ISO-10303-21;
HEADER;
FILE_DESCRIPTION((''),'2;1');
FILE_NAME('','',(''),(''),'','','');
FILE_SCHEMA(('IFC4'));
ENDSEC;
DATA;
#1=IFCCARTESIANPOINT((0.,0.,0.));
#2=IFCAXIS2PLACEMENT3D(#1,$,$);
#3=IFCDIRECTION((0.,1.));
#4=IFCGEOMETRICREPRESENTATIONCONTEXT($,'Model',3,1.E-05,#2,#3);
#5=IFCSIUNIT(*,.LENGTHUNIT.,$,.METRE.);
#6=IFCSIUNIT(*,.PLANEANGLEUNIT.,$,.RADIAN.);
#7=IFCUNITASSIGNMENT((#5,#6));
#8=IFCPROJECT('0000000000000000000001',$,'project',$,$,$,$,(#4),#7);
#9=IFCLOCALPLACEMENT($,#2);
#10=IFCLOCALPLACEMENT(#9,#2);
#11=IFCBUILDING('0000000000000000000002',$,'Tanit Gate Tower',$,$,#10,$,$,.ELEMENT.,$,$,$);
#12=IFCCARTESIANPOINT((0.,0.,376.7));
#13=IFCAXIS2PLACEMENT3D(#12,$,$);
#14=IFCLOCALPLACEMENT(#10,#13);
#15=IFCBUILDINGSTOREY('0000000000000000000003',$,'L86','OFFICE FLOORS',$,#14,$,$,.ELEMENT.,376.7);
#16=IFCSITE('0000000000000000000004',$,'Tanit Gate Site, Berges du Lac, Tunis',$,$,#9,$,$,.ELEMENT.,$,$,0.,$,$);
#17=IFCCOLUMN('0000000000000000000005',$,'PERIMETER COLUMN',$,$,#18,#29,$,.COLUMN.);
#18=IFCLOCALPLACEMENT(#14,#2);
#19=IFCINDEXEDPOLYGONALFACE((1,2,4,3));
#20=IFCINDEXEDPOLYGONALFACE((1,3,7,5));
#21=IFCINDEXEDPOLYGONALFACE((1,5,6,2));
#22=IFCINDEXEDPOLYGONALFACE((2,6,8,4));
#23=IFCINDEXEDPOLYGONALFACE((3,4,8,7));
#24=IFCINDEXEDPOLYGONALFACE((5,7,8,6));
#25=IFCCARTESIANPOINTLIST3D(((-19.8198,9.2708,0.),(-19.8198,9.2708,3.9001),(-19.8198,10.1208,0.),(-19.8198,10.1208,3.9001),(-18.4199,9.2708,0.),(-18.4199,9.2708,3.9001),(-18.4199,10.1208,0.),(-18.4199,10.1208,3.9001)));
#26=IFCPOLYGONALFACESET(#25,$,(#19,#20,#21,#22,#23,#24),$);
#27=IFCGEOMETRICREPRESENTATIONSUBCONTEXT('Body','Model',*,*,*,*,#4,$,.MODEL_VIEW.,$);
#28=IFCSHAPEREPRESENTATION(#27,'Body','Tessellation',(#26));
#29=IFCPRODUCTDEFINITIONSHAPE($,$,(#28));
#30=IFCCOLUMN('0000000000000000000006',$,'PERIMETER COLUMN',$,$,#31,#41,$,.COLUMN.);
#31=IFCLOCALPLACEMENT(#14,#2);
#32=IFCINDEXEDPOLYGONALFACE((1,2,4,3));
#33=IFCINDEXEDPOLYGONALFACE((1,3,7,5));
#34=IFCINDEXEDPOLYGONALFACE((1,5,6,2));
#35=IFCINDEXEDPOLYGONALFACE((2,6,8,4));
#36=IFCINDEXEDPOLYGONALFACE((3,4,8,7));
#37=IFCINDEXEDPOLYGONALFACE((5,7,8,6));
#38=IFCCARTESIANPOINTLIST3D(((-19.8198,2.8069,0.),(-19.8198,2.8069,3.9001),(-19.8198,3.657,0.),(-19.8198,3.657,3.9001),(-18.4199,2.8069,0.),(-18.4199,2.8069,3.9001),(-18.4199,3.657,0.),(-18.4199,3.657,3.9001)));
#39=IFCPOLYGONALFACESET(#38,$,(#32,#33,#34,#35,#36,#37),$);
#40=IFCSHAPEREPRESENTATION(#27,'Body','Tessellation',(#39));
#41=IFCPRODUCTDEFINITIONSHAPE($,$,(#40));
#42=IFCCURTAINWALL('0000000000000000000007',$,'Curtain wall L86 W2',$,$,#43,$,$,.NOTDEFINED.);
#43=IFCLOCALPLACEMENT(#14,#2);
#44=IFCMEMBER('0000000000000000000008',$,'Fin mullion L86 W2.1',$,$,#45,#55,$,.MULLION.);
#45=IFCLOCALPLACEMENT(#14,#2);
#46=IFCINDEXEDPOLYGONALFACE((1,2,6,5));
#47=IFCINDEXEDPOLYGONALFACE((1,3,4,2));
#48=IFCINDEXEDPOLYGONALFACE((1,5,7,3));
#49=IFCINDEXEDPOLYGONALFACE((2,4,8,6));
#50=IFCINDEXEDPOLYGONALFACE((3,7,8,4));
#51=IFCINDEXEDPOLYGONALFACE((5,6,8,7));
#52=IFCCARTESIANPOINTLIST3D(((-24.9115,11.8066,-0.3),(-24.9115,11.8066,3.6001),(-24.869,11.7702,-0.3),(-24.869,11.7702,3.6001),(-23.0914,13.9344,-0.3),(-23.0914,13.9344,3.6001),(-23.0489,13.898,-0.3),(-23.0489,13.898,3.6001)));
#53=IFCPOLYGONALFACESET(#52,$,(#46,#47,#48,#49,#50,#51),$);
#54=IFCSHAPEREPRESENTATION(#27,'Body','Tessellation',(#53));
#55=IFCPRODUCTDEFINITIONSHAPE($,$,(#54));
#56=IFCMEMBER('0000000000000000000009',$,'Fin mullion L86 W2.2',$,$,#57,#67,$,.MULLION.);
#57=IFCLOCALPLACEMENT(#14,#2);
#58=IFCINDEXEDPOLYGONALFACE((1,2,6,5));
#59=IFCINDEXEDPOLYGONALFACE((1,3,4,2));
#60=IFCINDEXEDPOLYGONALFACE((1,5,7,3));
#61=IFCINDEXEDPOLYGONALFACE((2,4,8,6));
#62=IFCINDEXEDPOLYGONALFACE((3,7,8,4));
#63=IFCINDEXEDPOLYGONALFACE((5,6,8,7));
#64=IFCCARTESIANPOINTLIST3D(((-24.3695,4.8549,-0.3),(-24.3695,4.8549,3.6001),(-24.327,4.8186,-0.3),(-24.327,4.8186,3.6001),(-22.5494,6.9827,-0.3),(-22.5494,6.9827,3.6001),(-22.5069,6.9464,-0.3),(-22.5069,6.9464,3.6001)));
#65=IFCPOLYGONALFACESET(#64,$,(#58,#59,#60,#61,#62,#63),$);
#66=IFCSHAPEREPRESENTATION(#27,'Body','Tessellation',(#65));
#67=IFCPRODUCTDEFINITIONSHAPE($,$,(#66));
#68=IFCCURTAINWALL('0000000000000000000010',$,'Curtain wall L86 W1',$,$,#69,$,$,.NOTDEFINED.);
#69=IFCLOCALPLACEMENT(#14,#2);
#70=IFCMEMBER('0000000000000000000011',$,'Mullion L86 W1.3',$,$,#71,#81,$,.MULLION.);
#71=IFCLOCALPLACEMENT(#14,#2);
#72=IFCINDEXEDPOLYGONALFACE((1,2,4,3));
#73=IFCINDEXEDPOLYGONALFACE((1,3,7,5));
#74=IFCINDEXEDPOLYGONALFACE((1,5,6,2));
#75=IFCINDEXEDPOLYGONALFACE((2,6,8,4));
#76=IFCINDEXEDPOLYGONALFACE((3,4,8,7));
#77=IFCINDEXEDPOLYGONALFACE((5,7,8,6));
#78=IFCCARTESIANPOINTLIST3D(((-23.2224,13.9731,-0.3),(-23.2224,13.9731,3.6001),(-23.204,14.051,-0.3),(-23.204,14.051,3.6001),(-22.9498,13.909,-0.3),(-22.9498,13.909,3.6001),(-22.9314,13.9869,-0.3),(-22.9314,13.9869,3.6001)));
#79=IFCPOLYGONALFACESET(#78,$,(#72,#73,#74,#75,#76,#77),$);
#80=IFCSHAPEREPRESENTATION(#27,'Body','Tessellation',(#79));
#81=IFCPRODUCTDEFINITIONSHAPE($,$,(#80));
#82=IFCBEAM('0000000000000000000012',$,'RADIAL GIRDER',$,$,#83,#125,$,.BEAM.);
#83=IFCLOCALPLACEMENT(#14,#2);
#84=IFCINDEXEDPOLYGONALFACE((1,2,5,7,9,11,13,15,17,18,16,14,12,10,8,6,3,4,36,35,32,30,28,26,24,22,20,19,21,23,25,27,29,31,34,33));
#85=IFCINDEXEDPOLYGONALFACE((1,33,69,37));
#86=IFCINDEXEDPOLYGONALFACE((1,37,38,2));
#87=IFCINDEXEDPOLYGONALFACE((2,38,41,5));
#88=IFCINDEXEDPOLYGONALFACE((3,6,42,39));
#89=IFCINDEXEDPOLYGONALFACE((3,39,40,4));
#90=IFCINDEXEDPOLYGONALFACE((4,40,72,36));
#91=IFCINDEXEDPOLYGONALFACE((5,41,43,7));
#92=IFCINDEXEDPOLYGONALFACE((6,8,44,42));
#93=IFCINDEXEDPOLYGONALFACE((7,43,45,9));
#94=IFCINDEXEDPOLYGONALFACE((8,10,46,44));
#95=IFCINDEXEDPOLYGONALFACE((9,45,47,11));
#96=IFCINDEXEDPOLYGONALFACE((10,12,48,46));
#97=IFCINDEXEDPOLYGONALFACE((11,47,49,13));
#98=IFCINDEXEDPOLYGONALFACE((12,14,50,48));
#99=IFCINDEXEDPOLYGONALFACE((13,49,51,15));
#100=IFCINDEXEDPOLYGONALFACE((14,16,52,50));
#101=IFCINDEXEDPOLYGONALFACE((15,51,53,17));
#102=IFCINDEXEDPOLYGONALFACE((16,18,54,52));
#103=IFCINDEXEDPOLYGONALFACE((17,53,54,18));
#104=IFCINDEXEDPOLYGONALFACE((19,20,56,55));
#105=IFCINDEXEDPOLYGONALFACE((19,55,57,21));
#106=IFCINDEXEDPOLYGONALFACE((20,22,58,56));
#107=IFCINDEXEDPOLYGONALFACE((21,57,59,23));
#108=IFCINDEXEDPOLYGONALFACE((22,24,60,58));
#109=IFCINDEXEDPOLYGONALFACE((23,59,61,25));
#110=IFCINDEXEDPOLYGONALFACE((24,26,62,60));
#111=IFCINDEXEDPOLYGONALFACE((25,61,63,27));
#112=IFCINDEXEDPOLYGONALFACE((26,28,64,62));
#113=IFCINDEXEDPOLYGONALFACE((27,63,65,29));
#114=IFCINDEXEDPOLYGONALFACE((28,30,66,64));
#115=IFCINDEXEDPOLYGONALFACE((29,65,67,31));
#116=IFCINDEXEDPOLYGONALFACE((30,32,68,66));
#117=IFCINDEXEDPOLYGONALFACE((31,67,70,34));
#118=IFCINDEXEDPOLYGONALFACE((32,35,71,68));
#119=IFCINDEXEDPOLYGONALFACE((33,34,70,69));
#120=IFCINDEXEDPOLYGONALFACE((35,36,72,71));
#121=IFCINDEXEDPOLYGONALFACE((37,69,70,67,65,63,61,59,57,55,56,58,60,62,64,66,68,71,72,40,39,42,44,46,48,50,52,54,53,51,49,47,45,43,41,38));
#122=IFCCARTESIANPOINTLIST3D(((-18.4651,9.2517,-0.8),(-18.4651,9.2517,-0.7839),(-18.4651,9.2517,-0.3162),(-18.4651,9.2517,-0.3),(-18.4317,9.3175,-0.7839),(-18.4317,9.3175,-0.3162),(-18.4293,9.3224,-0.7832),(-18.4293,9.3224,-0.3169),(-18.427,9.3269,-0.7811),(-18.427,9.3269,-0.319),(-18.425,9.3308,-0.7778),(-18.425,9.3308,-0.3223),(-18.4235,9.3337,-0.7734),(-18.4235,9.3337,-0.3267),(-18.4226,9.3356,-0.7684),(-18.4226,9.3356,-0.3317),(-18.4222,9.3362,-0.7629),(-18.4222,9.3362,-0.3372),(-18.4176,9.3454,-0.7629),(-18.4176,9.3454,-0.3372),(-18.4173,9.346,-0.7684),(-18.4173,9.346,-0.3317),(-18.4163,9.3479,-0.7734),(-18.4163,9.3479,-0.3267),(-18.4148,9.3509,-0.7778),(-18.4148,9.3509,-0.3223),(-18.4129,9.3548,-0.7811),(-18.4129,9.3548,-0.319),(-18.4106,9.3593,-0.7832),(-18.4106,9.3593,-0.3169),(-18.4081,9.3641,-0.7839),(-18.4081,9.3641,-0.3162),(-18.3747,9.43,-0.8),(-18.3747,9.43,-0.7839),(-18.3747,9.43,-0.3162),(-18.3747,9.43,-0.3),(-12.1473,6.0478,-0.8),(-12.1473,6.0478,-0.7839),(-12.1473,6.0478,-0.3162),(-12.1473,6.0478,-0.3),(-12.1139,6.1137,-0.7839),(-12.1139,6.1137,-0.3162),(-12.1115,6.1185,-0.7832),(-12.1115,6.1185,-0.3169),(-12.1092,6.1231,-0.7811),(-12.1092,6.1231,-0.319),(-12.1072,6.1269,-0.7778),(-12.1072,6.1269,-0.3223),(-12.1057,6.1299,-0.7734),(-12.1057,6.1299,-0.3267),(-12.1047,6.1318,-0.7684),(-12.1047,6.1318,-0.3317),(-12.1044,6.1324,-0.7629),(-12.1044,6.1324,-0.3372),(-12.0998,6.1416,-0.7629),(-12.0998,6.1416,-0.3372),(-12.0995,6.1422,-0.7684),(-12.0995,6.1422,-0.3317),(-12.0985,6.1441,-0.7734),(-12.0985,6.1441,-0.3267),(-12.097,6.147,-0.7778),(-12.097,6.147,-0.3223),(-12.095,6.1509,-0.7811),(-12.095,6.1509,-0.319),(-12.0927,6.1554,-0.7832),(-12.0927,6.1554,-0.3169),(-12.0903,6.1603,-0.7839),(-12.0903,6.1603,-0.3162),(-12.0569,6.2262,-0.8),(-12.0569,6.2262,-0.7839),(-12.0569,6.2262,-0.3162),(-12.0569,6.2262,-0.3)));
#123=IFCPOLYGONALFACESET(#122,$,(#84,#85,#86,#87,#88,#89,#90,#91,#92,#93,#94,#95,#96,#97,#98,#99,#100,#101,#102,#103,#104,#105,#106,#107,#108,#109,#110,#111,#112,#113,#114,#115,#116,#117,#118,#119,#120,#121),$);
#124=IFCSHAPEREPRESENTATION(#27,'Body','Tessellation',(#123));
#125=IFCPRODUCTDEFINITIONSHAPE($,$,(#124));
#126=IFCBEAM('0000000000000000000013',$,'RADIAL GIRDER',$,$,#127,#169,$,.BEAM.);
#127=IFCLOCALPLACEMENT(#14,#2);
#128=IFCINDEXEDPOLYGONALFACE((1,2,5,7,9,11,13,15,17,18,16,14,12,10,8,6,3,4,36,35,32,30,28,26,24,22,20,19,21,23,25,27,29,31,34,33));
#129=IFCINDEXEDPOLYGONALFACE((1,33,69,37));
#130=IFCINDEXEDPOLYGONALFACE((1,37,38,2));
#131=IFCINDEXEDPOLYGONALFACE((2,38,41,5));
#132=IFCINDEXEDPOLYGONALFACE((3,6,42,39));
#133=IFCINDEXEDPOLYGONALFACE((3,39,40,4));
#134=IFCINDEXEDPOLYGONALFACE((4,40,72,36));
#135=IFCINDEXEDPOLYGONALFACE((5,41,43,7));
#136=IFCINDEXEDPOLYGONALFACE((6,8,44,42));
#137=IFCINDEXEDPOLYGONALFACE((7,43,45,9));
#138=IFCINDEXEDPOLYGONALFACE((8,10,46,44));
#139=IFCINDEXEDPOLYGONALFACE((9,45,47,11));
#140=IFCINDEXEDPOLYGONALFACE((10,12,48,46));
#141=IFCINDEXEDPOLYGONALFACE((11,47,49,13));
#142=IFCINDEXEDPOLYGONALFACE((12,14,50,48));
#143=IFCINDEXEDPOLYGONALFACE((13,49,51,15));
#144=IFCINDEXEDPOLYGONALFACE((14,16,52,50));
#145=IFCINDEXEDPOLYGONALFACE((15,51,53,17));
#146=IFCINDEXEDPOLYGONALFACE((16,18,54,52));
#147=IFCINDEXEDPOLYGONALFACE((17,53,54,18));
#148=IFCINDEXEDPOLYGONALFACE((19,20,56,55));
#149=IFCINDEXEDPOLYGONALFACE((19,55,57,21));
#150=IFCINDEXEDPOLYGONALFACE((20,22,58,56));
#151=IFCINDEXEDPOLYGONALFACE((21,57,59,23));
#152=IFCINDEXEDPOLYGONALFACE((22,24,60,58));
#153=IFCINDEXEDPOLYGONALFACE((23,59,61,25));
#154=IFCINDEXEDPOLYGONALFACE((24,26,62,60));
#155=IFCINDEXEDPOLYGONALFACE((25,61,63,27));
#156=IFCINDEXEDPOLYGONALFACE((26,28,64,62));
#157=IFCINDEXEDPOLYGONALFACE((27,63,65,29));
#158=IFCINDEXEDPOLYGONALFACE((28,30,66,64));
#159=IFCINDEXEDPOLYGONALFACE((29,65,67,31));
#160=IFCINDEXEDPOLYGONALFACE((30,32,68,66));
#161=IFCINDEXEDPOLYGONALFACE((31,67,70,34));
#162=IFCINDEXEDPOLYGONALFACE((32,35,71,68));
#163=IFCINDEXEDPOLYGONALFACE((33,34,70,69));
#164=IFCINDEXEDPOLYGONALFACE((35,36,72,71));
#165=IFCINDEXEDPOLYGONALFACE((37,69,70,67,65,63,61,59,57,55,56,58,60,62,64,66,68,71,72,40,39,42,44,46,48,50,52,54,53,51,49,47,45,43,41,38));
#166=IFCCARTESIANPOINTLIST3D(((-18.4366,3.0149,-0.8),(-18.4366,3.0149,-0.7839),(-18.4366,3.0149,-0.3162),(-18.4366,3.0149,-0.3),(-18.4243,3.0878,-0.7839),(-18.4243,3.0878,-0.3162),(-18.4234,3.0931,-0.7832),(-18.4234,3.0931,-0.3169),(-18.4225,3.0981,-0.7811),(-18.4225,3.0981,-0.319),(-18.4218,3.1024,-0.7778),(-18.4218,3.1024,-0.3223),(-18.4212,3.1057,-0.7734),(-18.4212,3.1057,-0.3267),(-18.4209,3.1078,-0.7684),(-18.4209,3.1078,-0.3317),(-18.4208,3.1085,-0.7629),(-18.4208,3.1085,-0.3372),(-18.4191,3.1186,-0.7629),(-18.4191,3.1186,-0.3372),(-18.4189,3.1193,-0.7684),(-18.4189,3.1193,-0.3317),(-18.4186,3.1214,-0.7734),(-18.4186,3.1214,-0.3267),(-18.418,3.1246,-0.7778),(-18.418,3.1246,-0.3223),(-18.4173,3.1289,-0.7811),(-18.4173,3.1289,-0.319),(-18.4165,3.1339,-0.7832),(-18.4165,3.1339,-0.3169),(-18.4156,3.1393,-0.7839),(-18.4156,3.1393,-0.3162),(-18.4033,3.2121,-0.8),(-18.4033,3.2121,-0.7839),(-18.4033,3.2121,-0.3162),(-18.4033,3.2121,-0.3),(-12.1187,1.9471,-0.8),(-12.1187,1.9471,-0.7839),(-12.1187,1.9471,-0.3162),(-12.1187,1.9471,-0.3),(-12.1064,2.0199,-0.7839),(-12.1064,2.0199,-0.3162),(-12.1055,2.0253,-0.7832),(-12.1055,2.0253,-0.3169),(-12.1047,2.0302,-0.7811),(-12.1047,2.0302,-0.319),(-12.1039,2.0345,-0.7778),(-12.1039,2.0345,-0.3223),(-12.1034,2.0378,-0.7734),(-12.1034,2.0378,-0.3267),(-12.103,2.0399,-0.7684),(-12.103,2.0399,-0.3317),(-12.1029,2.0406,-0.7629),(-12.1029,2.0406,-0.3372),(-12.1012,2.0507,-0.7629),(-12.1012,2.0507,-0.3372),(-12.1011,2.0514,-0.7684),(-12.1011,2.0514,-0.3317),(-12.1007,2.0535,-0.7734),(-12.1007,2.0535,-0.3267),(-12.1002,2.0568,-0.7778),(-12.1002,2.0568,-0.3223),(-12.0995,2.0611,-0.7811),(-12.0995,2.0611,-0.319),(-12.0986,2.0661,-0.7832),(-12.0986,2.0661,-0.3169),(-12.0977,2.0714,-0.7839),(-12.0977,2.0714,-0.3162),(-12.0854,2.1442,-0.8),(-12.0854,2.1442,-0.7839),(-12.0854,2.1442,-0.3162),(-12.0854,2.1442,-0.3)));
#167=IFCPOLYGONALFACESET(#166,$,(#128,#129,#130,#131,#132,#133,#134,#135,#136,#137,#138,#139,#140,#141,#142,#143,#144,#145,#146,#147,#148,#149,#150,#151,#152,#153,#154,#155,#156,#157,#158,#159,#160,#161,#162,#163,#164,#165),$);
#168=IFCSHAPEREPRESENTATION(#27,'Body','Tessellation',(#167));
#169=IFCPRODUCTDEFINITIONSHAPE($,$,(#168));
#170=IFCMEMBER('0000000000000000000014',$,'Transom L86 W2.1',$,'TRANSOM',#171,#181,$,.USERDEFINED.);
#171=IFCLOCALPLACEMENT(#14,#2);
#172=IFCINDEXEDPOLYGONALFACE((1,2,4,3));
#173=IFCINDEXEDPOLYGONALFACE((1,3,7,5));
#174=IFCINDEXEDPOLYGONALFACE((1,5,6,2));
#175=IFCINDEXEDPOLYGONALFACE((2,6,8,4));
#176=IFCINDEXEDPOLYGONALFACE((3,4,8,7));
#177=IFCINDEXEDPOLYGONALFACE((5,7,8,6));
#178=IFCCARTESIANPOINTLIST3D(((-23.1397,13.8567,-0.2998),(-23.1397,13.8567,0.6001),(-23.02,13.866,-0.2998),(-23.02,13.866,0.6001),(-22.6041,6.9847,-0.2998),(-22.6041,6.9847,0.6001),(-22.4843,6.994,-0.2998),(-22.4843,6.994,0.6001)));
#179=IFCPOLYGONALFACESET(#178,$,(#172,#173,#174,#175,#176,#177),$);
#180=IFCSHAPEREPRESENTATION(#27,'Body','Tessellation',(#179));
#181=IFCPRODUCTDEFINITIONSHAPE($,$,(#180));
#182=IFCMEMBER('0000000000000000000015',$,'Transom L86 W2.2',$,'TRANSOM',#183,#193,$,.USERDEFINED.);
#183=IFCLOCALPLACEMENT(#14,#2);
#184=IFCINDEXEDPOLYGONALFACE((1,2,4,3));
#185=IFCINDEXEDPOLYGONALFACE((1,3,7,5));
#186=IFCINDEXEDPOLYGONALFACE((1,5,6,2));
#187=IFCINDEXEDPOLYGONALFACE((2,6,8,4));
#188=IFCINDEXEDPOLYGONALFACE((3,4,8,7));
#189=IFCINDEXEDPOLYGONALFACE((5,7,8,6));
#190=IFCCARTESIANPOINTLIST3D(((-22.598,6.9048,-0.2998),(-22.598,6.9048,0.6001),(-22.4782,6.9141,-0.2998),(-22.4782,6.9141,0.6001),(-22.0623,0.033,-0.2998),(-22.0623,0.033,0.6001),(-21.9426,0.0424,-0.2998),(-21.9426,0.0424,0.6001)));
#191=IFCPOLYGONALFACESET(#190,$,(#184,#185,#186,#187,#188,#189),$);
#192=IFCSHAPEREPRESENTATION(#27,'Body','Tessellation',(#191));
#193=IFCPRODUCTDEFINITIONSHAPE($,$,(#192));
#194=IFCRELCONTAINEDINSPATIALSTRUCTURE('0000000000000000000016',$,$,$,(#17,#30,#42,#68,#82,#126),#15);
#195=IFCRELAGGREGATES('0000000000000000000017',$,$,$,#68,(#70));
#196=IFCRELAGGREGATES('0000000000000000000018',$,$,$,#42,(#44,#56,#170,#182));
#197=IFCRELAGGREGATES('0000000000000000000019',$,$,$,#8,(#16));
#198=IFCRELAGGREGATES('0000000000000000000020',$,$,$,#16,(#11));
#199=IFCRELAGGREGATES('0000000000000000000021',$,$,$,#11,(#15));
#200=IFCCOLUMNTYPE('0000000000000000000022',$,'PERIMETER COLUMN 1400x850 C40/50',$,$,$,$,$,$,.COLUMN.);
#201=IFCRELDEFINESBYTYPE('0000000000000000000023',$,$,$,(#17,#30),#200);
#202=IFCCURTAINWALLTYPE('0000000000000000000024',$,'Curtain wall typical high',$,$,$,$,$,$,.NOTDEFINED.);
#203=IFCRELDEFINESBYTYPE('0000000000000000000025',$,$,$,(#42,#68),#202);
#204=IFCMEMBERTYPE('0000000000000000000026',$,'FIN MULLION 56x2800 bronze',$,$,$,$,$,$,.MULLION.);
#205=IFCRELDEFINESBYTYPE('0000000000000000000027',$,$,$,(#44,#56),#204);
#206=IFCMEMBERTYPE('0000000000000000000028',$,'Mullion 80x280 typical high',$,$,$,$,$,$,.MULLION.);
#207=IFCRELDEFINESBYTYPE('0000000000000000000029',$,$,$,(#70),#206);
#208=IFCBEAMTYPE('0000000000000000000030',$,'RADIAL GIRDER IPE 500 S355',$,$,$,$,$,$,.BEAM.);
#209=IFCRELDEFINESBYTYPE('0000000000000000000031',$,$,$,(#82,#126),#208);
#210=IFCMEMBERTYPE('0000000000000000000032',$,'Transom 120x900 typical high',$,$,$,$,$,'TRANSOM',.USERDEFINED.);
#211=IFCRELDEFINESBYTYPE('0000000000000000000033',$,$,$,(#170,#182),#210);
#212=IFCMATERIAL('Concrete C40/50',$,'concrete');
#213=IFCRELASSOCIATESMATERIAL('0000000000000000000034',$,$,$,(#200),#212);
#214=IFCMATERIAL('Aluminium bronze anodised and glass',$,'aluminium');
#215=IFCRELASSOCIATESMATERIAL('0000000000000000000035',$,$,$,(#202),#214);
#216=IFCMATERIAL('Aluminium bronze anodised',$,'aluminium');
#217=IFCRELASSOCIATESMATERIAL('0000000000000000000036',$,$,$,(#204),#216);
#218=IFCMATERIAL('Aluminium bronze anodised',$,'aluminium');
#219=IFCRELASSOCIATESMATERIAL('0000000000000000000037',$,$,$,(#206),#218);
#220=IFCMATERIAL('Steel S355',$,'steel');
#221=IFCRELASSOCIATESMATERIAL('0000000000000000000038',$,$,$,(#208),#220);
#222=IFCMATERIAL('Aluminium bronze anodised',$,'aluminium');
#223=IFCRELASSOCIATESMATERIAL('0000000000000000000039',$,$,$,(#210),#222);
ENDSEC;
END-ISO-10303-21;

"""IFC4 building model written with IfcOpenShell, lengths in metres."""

from ifc_helpers import new_model, si_unit, direction, frame, origin, origin_2d, place, context, subcontext, project, spatial, rectangle, i_section, extrude, material, material_profile, profile_set, type_object, element, aggregate, save


model = new_model("IFC4")

# Units and contexts
model_context = context("Model", 3, precision=1e-05, world=origin(), true_north=direction((0.0, 1.0)))
body_context = subcontext(model_context, "Body", "Model", "MODEL_VIEW")
ifc_project = project(units=[si_unit("LENGTHUNIT", "METRE"), si_unit("PLANEANGLEUNIT", "RADIAN")], contexts=[model_context])

# Site, building, storey
site_placement = place(None, origin())
site = spatial("IfcSite", under=ifc_project, at=site_placement, Name="Tanit Gate Site, Berges du Lac, Tunis", CompositionType="ELEMENT", RefElevation=0.0)
building_placement = place(site_placement, origin())
building = spatial("IfcBuilding", under=site, at=building_placement, Name="Tanit Gate Tower", CompositionType="ELEMENT")
storey_placement = place(building_placement, frame((0.0, 0.0, 376.7)))
storey = spatial("IfcBuildingStorey", under=building, at=storey_placement, Name="L86", Description="OFFICE FLOORS", CompositionType="ELEMENT", Elevation=376.7)

# Columns
ifc_material_1 = material(Name="Concrete C40/50", Category="concrete")
ifc_material_profile_1 = material_profile(ifc_material_1, rectangle(XDim=1.3999, YDim=0.8501, at=origin_2d()), Name="RC 1400x850")
ifc_profile_set_1 = profile_set([ifc_material_profile_1], Name="Concrete C40/50")
column_type = type_object("IfcColumnType", Name="PERIMETER COLUMN 1400x850 C40/50", PredefinedType="COLUMN", material=ifc_profile_set_1)
for number, where, z_axis, x_axis, name in (
    (1, (-19.1199, 9.6958, 0.0), (0.0, 0.0, 1.0), (-1.0, 0.0, 0.0), "PERIMETER COLUMN"),
    (2, (-19.1199, 3.2319, 0.0), (0.0, 0.0, 1.0), (-1.0, 0.0, 0.0), "PERIMETER COLUMN"),
):
    element("IfcColumn", number, at=place(storey_placement, frame(where, z_axis=z_axis, x_axis=x_axis)), inside=storey, type_object=column_type, Name=name, PredefinedType="COLUMN", context=body_context, shape_type="SweptSolid", body=[
        extrude(rectangle(XDim=1.3999, YDim=0.8501, at=origin_2d()), origin(), (0.0, 0.0, 1.0), 3.9001),
    ])

# Curtain wall, members
ifc_material_2 = material(Name="Aluminium bronze anodised and glass", Category="aluminium")
curtain_wall_type = type_object("IfcCurtainWallType", Name="Curtain wall typical high", PredefinedType="NOTDEFINED", material=ifc_material_2)
curtain_wall_1_placement = place(storey_placement, origin())
curtain_wall_1 = element("IfcCurtainWall", 3, at=curtain_wall_1_placement, inside=storey, type_object=curtain_wall_type, Name="Curtain wall L86 W2", PredefinedType="NOTDEFINED")
ifc_material_3 = material(Name="Aluminium bronze anodised", Category="aluminium")
ifc_material_profile_2 = material_profile(ifc_material_3, rectangle(XDim=2.8, YDim=0.0559, at=origin_2d()), Name="56x2800 bronze fin mullion")
ifc_profile_set_2 = profile_set([ifc_material_profile_2], Name="Aluminium bronze anodised")
member_type_1 = type_object("IfcMemberType", Name="FIN MULLION 56x2800 bronze", PredefinedType="MULLION", material=ifc_profile_set_2)
member_1_placement = place(storey_placement, frame((-23.9802, 12.8523, -0.3), z_axis=(0.0, 0.0, 1.0), x_axis=(0.650026, 0.759912, 0.0)))
member_1 = element("IfcMember", 4, at=member_1_placement, type_object=member_type_1, Name="Fin mullion L86 W2.1", PredefinedType="MULLION", context=body_context, shape_type="SweptSolid", body=[
    extrude(rectangle(XDim=2.8, YDim=0.0559, at=origin_2d()), origin(), (0.0, 0.0, 1.0), 3.9001),
])
member_2_placement = place(storey_placement, frame((-23.4382, 5.9006, -0.3), z_axis=(0.0, 0.0, 1.0), x_axis=(0.650026, 0.759912, 0.0)))
member_2 = element("IfcMember", 5, at=member_2_placement, type_object=member_type_1, Name="Fin mullion L86 W2.2", PredefinedType="MULLION", context=body_context, shape_type="SweptSolid", body=[
    extrude(rectangle(XDim=2.8, YDim=0.0559, at=origin_2d()), origin(), (0.0, 0.0, 1.0), 3.9001),
])

# Curtain wall, member
curtain_wall_2_placement = place(storey_placement, origin())
curtain_wall_2 = element("IfcCurtainWall", 6, at=curtain_wall_2_placement, inside=storey, type_object=curtain_wall_type, Name="Curtain wall L86 W1", PredefinedType="NOTDEFINED")
ifc_material_4 = material(Name="Aluminium bronze anodised", Category="aluminium")
ifc_material_profile_3 = material_profile(ifc_material_4, rectangle(XDim=0.28, YDim=0.0801, at=origin_2d()), Name="80x280 bronze mullion")
ifc_profile_set_3 = profile_set([ifc_material_profile_3], Name="Aluminium bronze anodised")
member_type_2 = type_object("IfcMemberType", Name="Mullion 80x280 typical high", PredefinedType="MULLION", material=ifc_profile_set_3)
member_3_placement = place(storey_placement, frame((-23.0769, 13.98, -0.3), z_axis=(0.0, 0.0, 1.0), x_axis=(0.973441, -0.228936, 0.0)))
member_3 = element("IfcMember", 7, at=member_3_placement, type_object=member_type_2, Name="Mullion L86 W1.3", PredefinedType="MULLION", context=body_context, shape_type="SweptSolid", body=[
    extrude(rectangle(XDim=0.28, YDim=0.0801, at=origin_2d()), origin(), (0.0, 0.0, 1.0), 3.9001),
])
aggregate(curtain_wall_2, [member_3])

# Beams
ifc_material_5 = material(Name="Steel S355", Category="steel")
ifc_material_profile_4 = material_profile(ifc_material_5, i_section(OverallWidth=0.2, OverallDepth=0.5, WebThickness=0.0103, FlangeThickness=0.0161, FilletRadius=0.021, at=origin_2d()), Name="IPE 500")
ifc_profile_set_4 = profile_set([ifc_material_profile_4], Name="Steel S355")
beam_type = type_object("IfcBeamType", Name="RADIAL GIRDER IPE 500 S355", PredefinedType="BEAM", material=ifc_profile_set_4)
beam_1_placement = place(storey_placement, frame((-18.4199, 9.3408, -0.55), z_axis=(0.891876, -0.45228, 0.0), x_axis=(0.45228, 0.891876, 0.0)))
element("IfcBeam", 8, at=beam_1_placement, inside=storey, type_object=beam_type, Name="RADIAL GIRDER", PredefinedType="BEAM", context=body_context, shape_type="SweptSolid", body=[
    extrude(i_section(OverallWidth=0.2, OverallDepth=0.5, WebThickness=0.0103, FlangeThickness=0.0161, FilletRadius=0.021, at=origin_2d()), origin(), (0.0, 0.0, 1.0), 7.0837),
])
beam_2_placement = place(storey_placement, frame((-18.4199, 3.1135, -0.55), z_axis=(0.986014, -0.16666, 0.0), x_axis=(0.16666, 0.986014, 0.0)))
element("IfcBeam", 9, at=beam_2_placement, inside=storey, type_object=beam_type, Name="RADIAL GIRDER", PredefinedType="BEAM", context=body_context, shape_type="SweptSolid", body=[
    extrude(i_section(OverallWidth=0.2, OverallDepth=0.5, WebThickness=0.0103, FlangeThickness=0.0161, FilletRadius=0.021, at=origin_2d()), origin(), (0.0, 0.0, 1.0), 6.4075),
])

# Members
ifc_material_6 = material(Name="Aluminium bronze anodised", Category="aluminium")
ifc_material_profile_5 = material_profile(ifc_material_6, rectangle(XDim=0.1201, YDim=0.8999, at=origin_2d()), Name="120x900 bronze transom")
ifc_profile_set_5 = profile_set([ifc_material_profile_5], Name="Aluminium bronze anodised")
member_type_3 = type_object("IfcMemberType", Name="Transom 120x900 typical high", ElementType="TRANSOM", PredefinedType="USERDEFINED", material=ifc_profile_set_5)
member_4_placement = place(storey_placement, frame((-23.0798, 13.8613, 0.1501), z_axis=(0.077709, -0.996976, 0.0), x_axis=(0.996976, 0.077709, 0.0)))
member_4 = element("IfcMember", 10, at=member_4_placement, type_object=member_type_3, Name="Transom L86 W2.1", ObjectType="TRANSOM", PredefinedType="USERDEFINED", context=body_context, shape_type="SweptSolid", body=[
    extrude(rectangle(XDim=0.1201, YDim=0.8999, at=origin_2d()), origin(), (0.0, 0.0, 1.0), 6.8928),
])
member_5_placement = place(storey_placement, frame((-22.5381, 6.9094, 0.1501), z_axis=(0.077712, -0.996976, 0.0), x_axis=(0.996976, 0.077712, 0.0)))
member_5 = element("IfcMember", 11, at=member_5_placement, type_object=member_type_3, Name="Transom L86 W2.2", ObjectType="TRANSOM", PredefinedType="USERDEFINED", context=body_context, shape_type="SweptSolid", body=[
    extrude(rectangle(XDim=0.1201, YDim=0.8999, at=origin_2d()), origin(), (0.0, 0.0, 1.0), 6.8926),
])

aggregate(curtain_wall_1, [member_1, member_2, member_4, member_5])

save(model, "model.ifc")
